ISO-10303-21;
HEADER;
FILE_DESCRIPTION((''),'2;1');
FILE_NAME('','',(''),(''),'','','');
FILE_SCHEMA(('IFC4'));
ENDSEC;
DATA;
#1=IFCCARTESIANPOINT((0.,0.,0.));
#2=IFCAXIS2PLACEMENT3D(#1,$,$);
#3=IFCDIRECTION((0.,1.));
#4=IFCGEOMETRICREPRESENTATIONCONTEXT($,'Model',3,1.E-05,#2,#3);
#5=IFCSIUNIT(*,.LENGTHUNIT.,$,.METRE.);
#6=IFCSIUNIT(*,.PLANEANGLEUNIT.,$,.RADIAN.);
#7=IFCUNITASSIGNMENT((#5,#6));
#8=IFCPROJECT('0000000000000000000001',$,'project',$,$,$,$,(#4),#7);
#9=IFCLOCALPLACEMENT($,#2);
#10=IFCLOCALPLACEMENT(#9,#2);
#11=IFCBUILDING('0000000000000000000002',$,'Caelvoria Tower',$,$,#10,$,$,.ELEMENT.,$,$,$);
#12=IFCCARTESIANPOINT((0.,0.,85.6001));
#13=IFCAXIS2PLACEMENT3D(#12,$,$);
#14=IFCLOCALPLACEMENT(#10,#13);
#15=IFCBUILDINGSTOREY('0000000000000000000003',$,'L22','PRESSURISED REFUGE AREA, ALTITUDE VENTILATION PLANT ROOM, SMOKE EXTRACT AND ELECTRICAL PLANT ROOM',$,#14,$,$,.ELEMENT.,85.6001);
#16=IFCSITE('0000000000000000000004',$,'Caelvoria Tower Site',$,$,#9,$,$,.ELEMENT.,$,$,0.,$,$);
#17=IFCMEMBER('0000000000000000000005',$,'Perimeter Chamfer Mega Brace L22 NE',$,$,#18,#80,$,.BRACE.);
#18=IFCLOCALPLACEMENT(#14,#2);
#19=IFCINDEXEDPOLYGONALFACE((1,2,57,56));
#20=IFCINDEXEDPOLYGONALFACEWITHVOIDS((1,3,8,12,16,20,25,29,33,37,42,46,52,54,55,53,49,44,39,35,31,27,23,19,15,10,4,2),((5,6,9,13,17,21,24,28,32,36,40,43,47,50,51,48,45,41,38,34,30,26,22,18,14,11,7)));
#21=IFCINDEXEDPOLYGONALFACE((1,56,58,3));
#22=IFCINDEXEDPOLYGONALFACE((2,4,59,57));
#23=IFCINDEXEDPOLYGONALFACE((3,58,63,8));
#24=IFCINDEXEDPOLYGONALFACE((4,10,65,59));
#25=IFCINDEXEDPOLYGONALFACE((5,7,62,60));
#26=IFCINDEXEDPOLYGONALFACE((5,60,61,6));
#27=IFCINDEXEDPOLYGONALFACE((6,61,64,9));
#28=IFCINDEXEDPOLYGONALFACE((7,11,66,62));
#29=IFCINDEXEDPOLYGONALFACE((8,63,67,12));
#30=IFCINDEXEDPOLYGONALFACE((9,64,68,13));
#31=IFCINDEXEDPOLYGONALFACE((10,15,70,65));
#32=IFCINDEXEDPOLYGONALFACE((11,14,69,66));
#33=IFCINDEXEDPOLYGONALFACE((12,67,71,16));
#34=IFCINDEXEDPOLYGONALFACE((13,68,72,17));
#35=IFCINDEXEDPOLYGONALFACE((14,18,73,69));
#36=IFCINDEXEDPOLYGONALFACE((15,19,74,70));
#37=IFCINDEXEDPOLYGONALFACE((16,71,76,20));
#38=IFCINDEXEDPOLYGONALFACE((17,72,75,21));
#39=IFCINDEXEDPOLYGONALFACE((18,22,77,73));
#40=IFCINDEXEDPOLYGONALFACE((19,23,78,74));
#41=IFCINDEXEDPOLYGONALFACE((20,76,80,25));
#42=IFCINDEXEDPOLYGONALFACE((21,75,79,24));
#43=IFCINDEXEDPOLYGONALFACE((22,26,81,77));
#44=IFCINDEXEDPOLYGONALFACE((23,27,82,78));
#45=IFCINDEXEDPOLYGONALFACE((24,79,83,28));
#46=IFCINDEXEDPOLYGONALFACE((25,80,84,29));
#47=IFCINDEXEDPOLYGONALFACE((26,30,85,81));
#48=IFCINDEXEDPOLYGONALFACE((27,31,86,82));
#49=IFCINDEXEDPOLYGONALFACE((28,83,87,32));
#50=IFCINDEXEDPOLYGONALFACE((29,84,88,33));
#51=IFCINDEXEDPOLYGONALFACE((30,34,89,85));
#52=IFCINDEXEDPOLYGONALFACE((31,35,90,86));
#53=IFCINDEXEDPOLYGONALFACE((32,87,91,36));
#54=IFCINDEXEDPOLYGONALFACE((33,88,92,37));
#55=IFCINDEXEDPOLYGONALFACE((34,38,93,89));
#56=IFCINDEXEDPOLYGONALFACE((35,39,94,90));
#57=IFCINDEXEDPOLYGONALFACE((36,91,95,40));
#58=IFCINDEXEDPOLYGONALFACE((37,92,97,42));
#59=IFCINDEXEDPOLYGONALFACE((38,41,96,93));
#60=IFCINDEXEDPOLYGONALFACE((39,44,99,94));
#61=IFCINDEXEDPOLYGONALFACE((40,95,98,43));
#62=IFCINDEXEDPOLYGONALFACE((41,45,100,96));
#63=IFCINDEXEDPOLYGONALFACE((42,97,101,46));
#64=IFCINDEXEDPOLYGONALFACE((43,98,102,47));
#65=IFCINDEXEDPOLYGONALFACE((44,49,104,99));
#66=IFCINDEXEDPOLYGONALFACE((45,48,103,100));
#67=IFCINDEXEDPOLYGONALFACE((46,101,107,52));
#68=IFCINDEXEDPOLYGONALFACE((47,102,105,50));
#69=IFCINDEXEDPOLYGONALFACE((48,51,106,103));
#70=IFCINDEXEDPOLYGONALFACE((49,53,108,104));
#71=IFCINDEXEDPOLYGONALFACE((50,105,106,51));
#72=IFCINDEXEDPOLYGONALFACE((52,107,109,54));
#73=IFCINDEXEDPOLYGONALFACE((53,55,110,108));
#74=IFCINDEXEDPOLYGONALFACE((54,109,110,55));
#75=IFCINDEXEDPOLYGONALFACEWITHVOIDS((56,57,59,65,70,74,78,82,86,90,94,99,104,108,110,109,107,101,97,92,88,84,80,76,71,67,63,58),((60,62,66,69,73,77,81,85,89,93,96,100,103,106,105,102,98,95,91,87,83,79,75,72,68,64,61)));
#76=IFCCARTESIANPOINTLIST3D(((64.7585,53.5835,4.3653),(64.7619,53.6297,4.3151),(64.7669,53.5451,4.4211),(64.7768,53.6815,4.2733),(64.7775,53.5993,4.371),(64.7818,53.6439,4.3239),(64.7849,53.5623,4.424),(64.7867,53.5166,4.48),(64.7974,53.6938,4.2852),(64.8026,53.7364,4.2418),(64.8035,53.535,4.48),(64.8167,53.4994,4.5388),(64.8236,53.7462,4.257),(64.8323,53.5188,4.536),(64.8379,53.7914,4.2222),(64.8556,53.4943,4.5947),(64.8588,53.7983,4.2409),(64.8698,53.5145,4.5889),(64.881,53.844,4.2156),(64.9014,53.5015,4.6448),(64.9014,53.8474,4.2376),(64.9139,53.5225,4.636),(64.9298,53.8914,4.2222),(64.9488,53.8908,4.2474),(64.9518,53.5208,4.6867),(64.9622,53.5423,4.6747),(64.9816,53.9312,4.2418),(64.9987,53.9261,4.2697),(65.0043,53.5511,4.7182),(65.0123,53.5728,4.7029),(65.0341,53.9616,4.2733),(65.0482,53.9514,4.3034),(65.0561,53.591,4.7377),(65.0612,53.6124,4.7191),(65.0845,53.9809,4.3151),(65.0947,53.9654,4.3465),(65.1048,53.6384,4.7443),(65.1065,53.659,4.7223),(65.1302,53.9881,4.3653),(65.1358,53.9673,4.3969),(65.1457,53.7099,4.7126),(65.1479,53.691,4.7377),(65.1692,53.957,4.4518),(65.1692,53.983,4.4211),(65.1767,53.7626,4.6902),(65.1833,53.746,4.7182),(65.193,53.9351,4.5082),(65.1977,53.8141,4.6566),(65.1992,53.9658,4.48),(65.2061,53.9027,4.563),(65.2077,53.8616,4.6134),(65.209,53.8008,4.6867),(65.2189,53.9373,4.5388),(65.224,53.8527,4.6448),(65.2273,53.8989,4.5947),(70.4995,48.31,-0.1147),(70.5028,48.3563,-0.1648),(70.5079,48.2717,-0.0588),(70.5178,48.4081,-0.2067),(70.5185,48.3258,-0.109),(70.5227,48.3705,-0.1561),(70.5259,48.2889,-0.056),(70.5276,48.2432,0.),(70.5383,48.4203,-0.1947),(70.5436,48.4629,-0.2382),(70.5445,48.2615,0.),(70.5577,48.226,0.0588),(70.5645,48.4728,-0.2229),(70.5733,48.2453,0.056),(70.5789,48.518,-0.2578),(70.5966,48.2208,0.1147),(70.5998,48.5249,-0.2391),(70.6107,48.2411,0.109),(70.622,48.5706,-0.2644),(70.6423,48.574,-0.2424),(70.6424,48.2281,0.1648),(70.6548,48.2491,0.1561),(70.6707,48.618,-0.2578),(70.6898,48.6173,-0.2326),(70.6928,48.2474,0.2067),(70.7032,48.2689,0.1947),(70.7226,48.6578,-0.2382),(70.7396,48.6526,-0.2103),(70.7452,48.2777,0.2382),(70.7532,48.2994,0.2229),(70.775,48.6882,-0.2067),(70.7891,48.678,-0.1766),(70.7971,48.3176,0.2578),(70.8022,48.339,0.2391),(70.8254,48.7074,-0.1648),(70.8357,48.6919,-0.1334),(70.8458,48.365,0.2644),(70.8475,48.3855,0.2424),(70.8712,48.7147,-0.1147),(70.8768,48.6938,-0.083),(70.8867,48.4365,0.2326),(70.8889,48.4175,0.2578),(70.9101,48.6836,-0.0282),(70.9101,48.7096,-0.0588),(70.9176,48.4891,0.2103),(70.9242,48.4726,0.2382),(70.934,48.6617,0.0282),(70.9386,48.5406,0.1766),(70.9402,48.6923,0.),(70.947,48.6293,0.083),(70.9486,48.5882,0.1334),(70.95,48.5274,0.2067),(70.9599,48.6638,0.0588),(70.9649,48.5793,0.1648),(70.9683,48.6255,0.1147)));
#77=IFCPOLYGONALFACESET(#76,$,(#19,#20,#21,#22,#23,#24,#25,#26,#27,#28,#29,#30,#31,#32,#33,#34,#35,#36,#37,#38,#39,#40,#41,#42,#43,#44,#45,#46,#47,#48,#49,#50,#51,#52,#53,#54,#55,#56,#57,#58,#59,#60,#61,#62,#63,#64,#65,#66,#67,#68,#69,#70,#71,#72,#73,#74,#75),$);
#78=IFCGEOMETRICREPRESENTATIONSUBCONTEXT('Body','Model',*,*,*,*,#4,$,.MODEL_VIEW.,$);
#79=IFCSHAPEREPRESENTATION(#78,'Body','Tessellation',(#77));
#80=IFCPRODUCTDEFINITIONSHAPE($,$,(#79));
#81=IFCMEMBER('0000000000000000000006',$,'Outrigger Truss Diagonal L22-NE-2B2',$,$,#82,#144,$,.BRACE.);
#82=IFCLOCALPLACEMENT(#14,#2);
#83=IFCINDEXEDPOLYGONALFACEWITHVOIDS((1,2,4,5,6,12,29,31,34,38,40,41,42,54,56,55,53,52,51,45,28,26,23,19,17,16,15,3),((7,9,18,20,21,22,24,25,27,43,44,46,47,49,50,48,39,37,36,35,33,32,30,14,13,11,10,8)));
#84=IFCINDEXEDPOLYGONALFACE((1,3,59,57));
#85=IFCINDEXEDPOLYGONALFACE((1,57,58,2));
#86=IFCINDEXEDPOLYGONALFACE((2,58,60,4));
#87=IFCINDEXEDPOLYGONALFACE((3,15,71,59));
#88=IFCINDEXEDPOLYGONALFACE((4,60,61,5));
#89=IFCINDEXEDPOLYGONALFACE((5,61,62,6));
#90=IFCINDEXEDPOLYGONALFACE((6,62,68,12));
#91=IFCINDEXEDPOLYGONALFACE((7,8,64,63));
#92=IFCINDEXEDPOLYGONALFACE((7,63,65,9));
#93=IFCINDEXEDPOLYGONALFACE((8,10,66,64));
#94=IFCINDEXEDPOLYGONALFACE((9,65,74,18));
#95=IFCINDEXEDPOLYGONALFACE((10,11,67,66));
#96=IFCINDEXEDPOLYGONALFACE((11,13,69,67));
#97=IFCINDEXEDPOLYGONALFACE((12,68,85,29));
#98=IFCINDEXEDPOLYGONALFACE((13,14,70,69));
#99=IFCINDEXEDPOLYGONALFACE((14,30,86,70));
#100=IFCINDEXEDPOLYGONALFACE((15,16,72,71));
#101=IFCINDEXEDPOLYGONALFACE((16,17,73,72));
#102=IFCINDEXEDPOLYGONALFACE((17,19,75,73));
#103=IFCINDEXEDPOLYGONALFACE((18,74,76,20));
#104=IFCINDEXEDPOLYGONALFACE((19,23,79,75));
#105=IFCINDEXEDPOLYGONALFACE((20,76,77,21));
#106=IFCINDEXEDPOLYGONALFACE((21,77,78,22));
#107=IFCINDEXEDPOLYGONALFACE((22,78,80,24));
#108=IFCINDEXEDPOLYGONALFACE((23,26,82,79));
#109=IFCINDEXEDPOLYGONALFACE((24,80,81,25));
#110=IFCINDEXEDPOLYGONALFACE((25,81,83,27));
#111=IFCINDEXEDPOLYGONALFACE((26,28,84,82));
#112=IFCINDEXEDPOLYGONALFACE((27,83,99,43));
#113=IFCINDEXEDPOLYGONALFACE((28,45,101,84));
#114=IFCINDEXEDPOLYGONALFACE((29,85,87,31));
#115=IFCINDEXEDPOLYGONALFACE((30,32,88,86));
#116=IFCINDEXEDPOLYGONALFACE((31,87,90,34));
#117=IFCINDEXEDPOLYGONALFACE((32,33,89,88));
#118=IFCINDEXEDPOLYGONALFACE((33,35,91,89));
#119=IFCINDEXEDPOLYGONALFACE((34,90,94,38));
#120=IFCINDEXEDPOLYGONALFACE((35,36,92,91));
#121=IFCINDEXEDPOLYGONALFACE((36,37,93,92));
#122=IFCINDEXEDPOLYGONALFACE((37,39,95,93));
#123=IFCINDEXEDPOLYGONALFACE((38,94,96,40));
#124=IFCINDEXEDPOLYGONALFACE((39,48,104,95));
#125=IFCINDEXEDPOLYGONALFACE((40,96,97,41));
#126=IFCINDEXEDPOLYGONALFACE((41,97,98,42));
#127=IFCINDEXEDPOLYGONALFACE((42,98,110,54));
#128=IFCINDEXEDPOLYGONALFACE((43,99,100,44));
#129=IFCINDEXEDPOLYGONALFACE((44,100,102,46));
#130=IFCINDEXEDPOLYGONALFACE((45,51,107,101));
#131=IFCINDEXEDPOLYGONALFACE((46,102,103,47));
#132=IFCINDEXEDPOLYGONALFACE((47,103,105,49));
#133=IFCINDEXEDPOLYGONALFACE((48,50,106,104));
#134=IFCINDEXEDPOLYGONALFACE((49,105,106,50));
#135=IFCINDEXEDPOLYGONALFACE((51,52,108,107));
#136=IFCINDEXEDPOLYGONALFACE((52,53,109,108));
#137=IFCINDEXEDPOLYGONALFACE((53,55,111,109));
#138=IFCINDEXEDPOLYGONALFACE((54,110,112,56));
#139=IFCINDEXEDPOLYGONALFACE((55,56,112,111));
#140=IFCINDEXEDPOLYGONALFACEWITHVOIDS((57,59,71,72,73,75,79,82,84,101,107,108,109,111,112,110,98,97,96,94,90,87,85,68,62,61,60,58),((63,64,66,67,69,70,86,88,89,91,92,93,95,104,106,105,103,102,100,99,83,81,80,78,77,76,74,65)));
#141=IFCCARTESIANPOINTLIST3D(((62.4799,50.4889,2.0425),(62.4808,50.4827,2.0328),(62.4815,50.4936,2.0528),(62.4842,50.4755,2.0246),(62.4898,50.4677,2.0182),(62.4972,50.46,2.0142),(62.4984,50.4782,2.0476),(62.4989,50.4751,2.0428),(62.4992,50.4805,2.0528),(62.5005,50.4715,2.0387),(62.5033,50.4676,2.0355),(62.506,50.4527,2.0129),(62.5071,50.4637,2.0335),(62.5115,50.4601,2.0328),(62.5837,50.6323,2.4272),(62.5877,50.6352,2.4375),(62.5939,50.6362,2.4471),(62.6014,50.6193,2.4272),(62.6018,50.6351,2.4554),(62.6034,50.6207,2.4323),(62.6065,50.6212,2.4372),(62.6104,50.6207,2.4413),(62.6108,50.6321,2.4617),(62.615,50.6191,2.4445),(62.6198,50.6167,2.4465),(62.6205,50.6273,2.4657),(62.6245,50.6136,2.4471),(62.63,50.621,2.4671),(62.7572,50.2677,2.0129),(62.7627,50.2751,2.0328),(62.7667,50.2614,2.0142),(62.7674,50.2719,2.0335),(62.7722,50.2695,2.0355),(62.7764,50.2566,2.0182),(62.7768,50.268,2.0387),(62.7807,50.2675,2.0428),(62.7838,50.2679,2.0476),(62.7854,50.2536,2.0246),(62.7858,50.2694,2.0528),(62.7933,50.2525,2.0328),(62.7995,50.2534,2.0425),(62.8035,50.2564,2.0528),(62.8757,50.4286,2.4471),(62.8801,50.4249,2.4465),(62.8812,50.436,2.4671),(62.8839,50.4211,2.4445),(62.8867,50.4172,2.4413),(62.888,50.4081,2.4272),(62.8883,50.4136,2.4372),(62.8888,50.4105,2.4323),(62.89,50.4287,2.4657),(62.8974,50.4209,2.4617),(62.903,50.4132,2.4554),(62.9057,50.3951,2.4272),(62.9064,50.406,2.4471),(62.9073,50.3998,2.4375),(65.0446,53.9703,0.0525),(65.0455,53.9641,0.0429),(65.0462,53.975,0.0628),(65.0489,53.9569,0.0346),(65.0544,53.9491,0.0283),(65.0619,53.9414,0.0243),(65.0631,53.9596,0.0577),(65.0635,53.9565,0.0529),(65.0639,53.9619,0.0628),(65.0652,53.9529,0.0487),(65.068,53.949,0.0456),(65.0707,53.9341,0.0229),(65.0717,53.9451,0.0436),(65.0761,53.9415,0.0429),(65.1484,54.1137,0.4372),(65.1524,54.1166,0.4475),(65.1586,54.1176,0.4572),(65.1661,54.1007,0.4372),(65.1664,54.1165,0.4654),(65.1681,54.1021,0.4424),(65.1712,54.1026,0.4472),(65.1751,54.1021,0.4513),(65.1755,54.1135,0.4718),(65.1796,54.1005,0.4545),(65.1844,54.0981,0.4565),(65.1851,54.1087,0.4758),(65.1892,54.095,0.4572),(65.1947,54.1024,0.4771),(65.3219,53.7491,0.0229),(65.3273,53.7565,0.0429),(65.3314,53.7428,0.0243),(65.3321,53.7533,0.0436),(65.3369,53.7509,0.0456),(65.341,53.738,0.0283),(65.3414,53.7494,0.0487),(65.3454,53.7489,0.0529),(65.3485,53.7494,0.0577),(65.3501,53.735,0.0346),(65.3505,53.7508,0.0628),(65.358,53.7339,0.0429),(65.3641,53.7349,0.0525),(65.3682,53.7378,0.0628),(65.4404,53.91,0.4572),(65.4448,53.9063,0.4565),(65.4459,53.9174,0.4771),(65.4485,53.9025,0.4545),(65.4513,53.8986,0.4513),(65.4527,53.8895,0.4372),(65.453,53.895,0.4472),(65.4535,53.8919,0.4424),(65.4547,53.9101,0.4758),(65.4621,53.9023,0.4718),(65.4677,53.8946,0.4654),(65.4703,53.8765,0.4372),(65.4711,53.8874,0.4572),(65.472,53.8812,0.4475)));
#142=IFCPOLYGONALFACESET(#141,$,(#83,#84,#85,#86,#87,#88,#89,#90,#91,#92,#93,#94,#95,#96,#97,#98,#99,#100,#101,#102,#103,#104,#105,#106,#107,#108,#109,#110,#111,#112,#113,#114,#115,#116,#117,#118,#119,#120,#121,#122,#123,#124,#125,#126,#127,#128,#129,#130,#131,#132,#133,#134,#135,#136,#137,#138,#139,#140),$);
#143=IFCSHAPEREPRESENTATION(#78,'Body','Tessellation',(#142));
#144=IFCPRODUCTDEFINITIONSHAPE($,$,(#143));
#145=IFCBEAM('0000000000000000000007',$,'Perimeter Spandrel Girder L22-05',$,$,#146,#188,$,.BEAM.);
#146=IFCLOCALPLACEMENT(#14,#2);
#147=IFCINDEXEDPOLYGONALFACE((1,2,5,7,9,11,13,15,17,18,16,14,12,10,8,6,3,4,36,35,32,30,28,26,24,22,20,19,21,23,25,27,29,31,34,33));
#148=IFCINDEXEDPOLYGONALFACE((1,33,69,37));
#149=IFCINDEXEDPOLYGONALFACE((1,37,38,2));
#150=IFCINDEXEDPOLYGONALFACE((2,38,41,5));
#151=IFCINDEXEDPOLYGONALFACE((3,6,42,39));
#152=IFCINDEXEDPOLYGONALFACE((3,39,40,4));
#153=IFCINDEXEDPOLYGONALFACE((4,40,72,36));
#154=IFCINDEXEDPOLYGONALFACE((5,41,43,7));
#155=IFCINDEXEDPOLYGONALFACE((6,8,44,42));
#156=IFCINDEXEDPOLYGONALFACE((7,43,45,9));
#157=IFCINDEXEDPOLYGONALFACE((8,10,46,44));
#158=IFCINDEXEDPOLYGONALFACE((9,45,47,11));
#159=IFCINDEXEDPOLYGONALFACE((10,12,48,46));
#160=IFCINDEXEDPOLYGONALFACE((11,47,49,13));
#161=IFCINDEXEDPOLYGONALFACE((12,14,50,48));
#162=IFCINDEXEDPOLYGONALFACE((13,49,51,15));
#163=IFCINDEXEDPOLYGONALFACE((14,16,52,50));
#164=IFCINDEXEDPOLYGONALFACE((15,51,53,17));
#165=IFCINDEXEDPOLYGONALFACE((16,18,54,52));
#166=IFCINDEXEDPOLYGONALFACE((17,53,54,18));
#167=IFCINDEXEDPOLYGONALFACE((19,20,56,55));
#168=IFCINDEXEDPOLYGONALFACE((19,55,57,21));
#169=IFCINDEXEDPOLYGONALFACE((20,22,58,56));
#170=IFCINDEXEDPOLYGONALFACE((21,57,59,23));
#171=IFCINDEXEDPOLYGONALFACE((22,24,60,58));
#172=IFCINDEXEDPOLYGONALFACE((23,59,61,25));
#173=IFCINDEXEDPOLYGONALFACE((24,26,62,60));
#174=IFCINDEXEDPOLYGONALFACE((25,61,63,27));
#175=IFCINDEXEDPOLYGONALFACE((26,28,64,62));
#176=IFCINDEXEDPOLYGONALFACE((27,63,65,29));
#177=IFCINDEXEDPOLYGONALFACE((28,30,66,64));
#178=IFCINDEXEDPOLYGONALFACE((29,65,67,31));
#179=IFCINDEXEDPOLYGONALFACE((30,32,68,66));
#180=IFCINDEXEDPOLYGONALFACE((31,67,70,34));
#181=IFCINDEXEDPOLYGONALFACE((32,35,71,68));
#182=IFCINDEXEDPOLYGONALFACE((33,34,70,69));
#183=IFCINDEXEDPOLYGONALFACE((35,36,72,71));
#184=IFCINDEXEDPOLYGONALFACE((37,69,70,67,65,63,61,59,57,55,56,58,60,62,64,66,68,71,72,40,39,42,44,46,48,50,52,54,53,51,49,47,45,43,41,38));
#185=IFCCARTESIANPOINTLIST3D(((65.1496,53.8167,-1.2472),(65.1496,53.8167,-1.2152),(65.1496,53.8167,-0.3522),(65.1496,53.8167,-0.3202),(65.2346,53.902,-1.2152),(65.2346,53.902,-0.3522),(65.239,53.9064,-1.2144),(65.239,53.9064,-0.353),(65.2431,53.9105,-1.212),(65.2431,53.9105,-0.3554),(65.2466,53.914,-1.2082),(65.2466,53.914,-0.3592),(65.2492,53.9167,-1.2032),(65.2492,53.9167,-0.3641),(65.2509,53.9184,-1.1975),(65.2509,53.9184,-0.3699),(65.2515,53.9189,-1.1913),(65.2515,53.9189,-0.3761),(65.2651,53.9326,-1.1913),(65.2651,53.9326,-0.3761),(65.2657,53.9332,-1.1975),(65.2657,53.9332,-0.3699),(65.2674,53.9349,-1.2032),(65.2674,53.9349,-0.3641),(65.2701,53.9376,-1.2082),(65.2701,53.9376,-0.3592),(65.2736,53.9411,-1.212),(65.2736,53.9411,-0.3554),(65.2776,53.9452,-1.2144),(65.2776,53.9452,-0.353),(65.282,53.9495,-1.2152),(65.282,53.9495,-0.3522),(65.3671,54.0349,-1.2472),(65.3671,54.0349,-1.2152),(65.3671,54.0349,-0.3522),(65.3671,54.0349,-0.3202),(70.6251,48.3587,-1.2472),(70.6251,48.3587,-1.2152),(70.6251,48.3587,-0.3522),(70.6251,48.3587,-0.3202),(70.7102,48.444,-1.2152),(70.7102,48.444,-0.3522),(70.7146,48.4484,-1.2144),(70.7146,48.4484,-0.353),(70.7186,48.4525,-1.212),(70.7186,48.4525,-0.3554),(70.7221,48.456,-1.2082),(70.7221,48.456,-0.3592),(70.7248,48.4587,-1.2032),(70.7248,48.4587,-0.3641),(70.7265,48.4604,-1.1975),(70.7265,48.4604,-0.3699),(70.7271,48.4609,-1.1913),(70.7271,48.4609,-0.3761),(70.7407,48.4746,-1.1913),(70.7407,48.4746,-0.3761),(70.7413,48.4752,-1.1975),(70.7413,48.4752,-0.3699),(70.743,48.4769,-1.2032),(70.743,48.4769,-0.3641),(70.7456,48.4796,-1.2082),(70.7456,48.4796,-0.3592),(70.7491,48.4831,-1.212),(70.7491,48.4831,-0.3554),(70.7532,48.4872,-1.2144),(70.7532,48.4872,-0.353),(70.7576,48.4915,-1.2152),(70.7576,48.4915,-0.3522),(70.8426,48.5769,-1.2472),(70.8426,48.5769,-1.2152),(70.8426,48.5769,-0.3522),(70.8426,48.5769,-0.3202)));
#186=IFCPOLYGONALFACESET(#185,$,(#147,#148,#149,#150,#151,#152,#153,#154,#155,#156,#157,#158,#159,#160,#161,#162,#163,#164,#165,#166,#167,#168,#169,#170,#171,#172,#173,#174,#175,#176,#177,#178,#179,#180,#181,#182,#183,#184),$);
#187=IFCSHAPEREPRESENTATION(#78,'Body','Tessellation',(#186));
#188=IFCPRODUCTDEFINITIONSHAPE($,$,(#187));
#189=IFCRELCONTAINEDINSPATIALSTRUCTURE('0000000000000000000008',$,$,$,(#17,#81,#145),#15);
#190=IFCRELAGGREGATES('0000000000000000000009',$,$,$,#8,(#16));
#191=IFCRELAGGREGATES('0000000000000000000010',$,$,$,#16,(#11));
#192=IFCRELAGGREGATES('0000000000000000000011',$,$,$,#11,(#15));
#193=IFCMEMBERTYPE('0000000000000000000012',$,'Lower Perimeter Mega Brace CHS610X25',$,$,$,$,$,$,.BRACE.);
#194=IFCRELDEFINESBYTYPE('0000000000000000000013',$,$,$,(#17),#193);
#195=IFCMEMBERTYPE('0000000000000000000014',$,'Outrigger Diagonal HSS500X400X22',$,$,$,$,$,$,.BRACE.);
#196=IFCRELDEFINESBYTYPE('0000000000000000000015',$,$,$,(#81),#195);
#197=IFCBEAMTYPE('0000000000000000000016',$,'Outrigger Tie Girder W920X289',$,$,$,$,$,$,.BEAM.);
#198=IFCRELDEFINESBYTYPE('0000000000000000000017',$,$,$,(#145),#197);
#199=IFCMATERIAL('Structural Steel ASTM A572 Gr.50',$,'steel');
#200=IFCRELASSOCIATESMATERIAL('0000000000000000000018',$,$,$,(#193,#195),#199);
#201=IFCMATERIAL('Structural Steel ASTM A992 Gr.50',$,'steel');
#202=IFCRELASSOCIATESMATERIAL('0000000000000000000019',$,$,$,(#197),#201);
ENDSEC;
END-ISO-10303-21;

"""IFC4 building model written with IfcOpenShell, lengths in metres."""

from ifc_helpers import new_model, si_unit, direction, frame, origin, origin_2d, place, context, subcontext, project, spatial, hollow_rectangle, hollow_circle, i_section, extrude, material, material_profile, profile_set, type_object, element, save


model = new_model("IFC4")

# Units and contexts
model_context = context("Model", 3, precision=1e-05, world=origin(), true_north=direction((0.0, 1.0)))
body_context = subcontext(model_context, "Body", "Model", "MODEL_VIEW")
ifc_project = project(units=[si_unit("LENGTHUNIT", "METRE"), si_unit("PLANEANGLEUNIT", "RADIAN")], contexts=[model_context])

# Site, building, storey
site_placement = place(None, origin())
site = spatial("IfcSite", under=ifc_project, at=site_placement, Name="Caelvoria Tower Site", CompositionType="ELEMENT", RefElevation=0.0)
building_placement = place(site_placement, origin())
building = spatial("IfcBuilding", under=site, at=building_placement, Name="Caelvoria Tower", CompositionType="ELEMENT")
storey_placement = place(building_placement, frame((0.0, 0.0, 85.6001)))
storey = spatial("IfcBuildingStorey", under=building, at=storey_placement, Name="L22", Description="PRESSURISED REFUGE AREA, ALTITUDE VENTILATION PLANT ROOM, SMOKE EXTRACT AND ELECTRICAL PLANT ROOM", CompositionType="ELEMENT", Elevation=85.6001)

# Shared definitions
ifc_material_1 = material(Name="Structural Steel ASTM A572 Gr.50", Category="steel")

# Members
ifc_material_profile_1 = material_profile(ifc_material_1, hollow_circle(Radius=0.3049, WallThickness=0.0249, at=origin_2d()), Name="Structural Steel ASTM A572 Gr.50")
ifc_profile_set_1 = profile_set([ifc_material_profile_1], Name="CHS610X25 - Structural Steel ASTM A572 Gr.50")
member_type_1 = type_object("IfcMemberType", Name="Lower Perimeter Mega Brace CHS610X25", PredefinedType="BRACE", material=ifc_profile_set_1)
member_1_placement = place(storey_placement, frame((70.7339, 48.4678, 0.0), z_axis=(-0.638524, 0.586524, 0.498274), x_axis=(-0.676483, -0.736458, 0.0)))
element("IfcMember", 1, at=member_1_placement, inside=storey, type_object=member_type_1, Name="Perimeter Chamfer Mega Brace L22 NE", PredefinedType="BRACE", context=body_context, shape_type="SweptSolid", body=[
    extrude(hollow_circle(Radius=0.3049, WallThickness=0.0249, at=origin_2d()), origin(), (0.0, 0.0, 1.0), 8.991),
])
ifc_material_profile_2 = material_profile(ifc_material_1, hollow_rectangle(XDim=0.3999, YDim=0.5, WallThickness=0.022, InnerFilletRadius=0.022, OuterFilletRadius=0.0439, at=origin_2d()), Name="Structural Steel ASTM A572 Gr.50")
ifc_profile_set_2 = profile_set([ifc_material_profile_2], Name="HSS500X400X22 - Structural Steel ASTM A572 Gr.50")
member_type_2 = type_object("IfcMemberType", Name="Outrigger Diagonal HSS500X400X22", PredefinedType="BRACE", material=ifc_profile_set_2)
member_2_placement = place(storey_placement, frame((62.6936, 50.4443, 2.24), z_axis=(0.538795, 0.731386, -0.41806), x_axis=(-0.80512, 0.593112, 0.0)))
element("IfcMember", 2, at=member_2_placement, inside=storey, type_object=member_type_2, Name="Outrigger Truss Diagonal L22-NE-2B2", PredefinedType="BRACE", context=body_context, shape_type="SweptSolid", body=[
    extrude(hollow_rectangle(XDim=0.3999, YDim=0.5, WallThickness=0.022, InnerFilletRadius=0.022, OuterFilletRadius=0.0439, at=origin_2d()), origin(), (0.0, 0.0, 1.0), 4.76),
])

# Beam
ifc_material_2 = material(Name="Structural Steel ASTM A992 Gr.50", Category="steel")
ifc_material_profile_3 = material_profile(ifc_material_2, i_section(OverallWidth=0.3081, OverallDepth=0.927, WebThickness=0.0193, FlangeThickness=0.032, FilletRadius=0.0239, at=origin_2d()), Name="Structural Steel ASTM A992 Gr.50")
ifc_profile_set_3 = profile_set([ifc_material_profile_3], Name="W920X289 - Structural Steel ASTM A992 Gr.50")
beam_type_1 = type_object("IfcBeamType", Name="Outrigger Tie Girder W920X289", PredefinedType="BEAM", material=ifc_profile_set_3)
beam_1_placement = place(storey_placement, frame((70.7339, 48.4678, -0.7837), z_axis=(-0.708243, 0.705969, 0.0), x_axis=(-0.705969, -0.708243, 0.0)))
element("IfcBeam", 3, at=beam_1_placement, inside=storey, type_object=beam_type_1, Name="Perimeter Spandrel Girder L22-05", PredefinedType="BEAM", context=body_context, shape_type="SweptSolid", body=[
    extrude(i_section(OverallWidth=0.3081, OverallDepth=0.927, WebThickness=0.0193, FlangeThickness=0.032, FilletRadius=0.0239, at=origin_2d()), origin(), (0.0, 0.0, 1.0), 7.7312),
])

save(model, "model.ifc")
